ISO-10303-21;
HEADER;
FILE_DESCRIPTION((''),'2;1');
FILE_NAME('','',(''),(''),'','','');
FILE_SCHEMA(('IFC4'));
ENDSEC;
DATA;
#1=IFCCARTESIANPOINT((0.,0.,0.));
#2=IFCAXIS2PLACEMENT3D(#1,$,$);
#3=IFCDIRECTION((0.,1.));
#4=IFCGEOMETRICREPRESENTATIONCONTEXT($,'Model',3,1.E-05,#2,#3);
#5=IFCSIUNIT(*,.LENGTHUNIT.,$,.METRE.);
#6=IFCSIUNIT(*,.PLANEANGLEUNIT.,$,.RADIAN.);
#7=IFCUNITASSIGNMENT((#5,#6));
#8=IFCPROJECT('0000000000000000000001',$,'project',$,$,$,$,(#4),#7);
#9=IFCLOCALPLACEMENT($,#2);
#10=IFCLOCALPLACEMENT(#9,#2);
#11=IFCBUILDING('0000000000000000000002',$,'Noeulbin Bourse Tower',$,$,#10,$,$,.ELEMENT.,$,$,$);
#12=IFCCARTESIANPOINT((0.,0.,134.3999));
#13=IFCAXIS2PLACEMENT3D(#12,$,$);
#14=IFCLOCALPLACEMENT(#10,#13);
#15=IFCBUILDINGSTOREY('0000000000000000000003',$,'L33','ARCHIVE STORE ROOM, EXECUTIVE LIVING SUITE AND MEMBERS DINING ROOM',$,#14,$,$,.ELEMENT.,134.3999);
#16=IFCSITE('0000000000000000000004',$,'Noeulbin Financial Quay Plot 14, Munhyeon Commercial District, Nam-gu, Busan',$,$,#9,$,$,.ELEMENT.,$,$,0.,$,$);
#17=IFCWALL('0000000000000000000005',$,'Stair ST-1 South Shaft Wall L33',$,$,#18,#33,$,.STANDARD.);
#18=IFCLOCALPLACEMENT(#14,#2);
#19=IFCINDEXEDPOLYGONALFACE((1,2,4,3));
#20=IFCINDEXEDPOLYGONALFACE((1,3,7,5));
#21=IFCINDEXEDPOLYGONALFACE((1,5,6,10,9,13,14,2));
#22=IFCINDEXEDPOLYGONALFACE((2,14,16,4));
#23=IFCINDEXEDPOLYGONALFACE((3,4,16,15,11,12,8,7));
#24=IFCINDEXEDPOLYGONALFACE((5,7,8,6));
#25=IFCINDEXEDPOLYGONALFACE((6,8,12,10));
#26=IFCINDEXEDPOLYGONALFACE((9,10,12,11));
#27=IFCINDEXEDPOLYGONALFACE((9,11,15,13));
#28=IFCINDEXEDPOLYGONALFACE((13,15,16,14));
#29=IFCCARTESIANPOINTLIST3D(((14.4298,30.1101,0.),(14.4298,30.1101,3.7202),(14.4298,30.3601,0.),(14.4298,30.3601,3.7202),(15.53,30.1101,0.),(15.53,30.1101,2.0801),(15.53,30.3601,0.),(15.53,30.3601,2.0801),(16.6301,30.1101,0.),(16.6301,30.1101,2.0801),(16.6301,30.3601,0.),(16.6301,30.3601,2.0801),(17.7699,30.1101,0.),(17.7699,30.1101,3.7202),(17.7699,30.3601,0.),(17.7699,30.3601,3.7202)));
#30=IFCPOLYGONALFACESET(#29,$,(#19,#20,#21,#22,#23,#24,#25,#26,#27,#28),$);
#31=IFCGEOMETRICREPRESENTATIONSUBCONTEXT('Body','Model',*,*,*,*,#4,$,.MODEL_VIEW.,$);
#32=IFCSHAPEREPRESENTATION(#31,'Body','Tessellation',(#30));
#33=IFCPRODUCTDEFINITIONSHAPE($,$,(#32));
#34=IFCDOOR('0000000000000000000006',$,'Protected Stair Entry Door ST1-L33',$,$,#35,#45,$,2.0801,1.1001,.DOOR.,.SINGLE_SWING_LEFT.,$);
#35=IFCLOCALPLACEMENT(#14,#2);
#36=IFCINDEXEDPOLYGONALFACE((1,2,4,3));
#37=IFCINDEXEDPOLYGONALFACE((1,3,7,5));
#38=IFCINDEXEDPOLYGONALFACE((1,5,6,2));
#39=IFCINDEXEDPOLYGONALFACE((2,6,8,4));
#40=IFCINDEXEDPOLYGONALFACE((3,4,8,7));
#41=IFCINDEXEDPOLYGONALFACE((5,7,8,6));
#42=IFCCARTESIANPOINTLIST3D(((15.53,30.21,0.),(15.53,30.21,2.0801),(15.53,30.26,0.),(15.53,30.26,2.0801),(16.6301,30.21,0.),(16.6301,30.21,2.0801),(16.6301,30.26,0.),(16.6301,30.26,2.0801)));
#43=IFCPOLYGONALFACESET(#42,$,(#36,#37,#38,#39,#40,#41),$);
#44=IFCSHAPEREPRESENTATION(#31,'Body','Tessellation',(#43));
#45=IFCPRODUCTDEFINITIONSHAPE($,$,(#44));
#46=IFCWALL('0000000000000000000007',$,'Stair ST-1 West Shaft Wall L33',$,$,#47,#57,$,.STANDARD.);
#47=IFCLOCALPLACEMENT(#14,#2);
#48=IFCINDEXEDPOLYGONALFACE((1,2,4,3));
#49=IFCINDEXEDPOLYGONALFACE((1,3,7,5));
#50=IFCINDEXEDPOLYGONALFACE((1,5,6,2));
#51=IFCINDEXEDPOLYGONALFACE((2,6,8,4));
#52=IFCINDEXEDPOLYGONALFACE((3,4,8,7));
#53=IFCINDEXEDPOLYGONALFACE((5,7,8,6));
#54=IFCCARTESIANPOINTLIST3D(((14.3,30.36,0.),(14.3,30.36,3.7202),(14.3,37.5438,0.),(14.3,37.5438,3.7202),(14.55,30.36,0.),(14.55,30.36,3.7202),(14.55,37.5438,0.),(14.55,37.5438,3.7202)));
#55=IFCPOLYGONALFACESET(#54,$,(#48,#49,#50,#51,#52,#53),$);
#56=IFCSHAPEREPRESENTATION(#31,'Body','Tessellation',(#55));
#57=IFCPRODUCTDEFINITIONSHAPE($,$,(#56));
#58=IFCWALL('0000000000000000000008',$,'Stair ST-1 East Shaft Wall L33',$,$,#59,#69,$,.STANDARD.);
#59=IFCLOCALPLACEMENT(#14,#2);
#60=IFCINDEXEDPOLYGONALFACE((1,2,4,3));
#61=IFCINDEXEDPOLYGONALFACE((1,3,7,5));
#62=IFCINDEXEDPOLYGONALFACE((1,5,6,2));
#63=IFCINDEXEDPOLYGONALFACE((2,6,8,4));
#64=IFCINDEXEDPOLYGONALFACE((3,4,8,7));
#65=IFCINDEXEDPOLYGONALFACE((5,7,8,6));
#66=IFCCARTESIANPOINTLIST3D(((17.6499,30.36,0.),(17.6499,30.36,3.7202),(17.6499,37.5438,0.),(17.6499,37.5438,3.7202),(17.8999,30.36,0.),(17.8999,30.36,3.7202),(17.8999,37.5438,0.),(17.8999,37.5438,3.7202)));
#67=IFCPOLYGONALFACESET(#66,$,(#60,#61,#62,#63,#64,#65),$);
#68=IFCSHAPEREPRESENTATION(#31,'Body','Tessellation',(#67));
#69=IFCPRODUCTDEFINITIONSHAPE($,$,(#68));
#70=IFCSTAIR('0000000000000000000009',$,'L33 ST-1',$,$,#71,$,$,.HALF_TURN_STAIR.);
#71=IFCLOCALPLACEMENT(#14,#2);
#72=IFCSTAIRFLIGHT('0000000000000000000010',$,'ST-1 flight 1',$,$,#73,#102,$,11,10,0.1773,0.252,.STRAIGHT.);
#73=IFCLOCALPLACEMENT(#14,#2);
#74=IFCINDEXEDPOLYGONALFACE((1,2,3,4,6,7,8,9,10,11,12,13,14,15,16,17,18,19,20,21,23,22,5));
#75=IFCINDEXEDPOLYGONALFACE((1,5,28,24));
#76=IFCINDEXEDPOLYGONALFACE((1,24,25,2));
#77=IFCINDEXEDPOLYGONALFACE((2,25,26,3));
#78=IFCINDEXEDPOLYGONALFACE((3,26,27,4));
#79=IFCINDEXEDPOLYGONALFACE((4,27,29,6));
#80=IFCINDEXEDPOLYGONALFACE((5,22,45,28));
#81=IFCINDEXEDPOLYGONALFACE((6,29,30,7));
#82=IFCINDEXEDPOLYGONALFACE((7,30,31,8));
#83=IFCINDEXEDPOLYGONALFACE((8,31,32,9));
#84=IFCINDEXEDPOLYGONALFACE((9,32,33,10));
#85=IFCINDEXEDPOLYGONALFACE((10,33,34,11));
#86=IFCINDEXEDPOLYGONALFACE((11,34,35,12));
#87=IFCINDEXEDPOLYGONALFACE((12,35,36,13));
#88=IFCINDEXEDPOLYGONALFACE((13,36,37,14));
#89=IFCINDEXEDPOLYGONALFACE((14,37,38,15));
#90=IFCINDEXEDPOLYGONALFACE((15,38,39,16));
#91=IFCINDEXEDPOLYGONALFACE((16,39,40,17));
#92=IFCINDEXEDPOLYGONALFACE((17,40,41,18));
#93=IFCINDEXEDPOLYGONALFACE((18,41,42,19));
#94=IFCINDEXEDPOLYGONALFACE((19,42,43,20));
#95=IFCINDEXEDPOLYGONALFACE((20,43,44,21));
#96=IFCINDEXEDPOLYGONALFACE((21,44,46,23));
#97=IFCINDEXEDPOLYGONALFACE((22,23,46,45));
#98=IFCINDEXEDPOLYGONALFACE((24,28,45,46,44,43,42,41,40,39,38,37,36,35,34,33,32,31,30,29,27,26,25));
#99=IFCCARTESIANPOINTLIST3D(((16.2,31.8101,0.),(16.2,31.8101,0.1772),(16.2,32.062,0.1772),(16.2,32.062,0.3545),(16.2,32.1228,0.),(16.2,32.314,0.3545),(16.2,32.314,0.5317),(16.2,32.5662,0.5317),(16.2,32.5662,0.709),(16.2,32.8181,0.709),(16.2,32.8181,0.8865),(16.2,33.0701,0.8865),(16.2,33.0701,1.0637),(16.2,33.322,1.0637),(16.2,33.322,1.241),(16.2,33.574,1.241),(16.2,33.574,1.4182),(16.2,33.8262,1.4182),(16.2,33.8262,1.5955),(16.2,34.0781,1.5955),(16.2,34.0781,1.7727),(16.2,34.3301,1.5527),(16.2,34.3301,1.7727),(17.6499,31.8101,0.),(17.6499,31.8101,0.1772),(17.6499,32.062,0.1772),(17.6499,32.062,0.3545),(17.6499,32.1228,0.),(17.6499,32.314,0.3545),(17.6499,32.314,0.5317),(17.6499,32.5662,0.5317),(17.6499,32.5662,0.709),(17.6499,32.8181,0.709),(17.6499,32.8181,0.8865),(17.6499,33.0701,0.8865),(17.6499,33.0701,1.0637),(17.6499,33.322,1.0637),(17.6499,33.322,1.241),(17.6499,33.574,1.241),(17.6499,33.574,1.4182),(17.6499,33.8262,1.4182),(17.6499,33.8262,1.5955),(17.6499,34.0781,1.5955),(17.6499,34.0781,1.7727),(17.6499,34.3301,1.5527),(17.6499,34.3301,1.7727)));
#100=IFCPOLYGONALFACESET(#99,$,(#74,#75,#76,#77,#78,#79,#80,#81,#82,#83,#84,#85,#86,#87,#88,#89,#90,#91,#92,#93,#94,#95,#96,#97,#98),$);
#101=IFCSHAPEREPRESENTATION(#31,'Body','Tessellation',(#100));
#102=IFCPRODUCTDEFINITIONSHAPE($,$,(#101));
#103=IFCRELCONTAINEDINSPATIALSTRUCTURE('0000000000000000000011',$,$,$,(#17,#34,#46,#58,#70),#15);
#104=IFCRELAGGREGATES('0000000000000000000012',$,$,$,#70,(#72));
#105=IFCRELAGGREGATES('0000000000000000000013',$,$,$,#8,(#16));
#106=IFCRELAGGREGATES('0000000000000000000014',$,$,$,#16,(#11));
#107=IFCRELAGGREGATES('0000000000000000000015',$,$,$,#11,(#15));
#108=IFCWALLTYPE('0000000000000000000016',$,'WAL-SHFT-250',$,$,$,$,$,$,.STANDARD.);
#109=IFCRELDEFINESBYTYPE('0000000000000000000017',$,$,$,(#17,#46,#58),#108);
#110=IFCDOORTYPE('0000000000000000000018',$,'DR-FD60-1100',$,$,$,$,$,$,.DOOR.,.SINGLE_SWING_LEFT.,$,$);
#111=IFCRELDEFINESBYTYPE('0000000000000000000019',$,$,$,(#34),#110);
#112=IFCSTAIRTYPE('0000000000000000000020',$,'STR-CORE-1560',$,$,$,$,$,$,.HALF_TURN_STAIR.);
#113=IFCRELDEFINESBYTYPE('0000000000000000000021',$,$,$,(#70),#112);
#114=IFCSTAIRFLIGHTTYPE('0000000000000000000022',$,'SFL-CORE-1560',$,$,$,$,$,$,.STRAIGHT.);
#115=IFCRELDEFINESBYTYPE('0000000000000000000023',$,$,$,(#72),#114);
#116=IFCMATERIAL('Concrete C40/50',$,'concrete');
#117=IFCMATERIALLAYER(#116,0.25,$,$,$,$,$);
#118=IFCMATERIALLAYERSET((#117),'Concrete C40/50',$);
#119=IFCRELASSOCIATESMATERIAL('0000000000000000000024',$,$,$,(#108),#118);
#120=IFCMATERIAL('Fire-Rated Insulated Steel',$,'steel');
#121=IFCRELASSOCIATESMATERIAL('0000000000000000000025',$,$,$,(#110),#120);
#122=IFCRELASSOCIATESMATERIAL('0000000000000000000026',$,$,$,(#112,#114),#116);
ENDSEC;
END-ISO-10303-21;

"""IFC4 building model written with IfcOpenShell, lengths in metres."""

from ifc_helpers import new_model, si_unit, direction, frame, frame_2d, origin, place, context, subcontext, project, spatial, polyline, rectangle, outline, extrude, material, layer, layer_set, type_object, element, fill, aggregate, save


model = new_model("IFC4")

# Units and contexts
model_context = context("Model", 3, precision=1e-05, world=origin(), true_north=direction((0.0, 1.0)))
body_context = subcontext(model_context, "Body", "Model", "MODEL_VIEW")
ifc_project = project(units=[si_unit("LENGTHUNIT", "METRE"), si_unit("PLANEANGLEUNIT", "RADIAN")], contexts=[model_context])

# Site, building, storey
site_placement = place(None, origin())
site = spatial("IfcSite", under=ifc_project, at=site_placement, Name="Noeulbin Financial Quay Plot 14, Munhyeon Commercial District, Nam-gu, Busan", CompositionType="ELEMENT", RefElevation=0.0)
building_placement = place(site_placement, origin())
building = spatial("IfcBuilding", under=site, at=building_placement, Name="Noeulbin Bourse Tower", CompositionType="ELEMENT")
storey_placement = place(building_placement, frame((0.0, 0.0, 134.3999)))
storey = spatial("IfcBuildingStorey", under=building, at=storey_placement, Name="L33", Description="ARCHIVE STORE ROOM, EXECUTIVE LIVING SUITE AND MEMBERS DINING ROOM", CompositionType="ELEMENT", Elevation=134.3999)

# Shared definitions
ifc_material_1 = material(Name="Concrete C40/50", Category="concrete")

# Wall, opening, door
ifc_layer_1 = layer(ifc_material_1, 0.25)
ifc_layer_set_1 = layer_set([ifc_layer_1], Name="Concrete C40/50")
wall_type_1 = type_object("IfcWallType", Name="WAL-SHFT-250", PredefinedType="STANDARD", material=ifc_layer_set_1)
wall_1_placement = place(storey_placement, frame((14.4299, 30.2351, 0.0), z_axis=(0.0, 0.0, 1.0), x_axis=(1.0, 0.0, 0.0)))
wall_1 = element("IfcWall", 1, at=wall_1_placement, inside=storey, type_object=wall_type_1, Name="Stair ST-1 South Shaft Wall L33", PredefinedType="STANDARD", context=body_context, shape_type="SweptSolid", body=[
    extrude(rectangle(XDim=3.3401, YDim=0.25, at=frame_2d((1.6699, 0.0))), origin(), (0.0, 0.0, 1.0), 3.7202),
])
opening_1_placement = place(wall_1_placement, frame((1.1001, 0.0, 0.0)))
opening_1 = element("IfcOpeningElement", 2, at=opening_1_placement, cuts=wall_1, PredefinedType="OPENING", context=body_context, shape_type="SweptSolid", body=[
    extrude(rectangle(XDim=1.1001, YDim=2.0801, at=frame_2d((0.55, 1.04))), frame((0.0, 0.135, 0.0), z_axis=(0.0, -1.0, 0.0), x_axis=(1.0, 0.0, 0.0)), (0.0, 0.0, 1.0), 0.27),
])
ifc_material_2 = material(Name="Fire-Rated Insulated Steel", Category="steel")
door_type_1 = type_object("IfcDoorType", Name="DR-FD60-1100", OperationType="SINGLE_SWING_LEFT", PredefinedType="DOOR", material=ifc_material_2)
door_1_placement = place(opening_1_placement, origin())
door_1 = element("IfcDoor", 3, at=door_1_placement, inside=storey, type_object=door_type_1, Name="Protected Stair Entry Door ST1-L33", OperationType="SINGLE_SWING_LEFT", OverallHeight=2.0801, OverallWidth=1.1001, PredefinedType="DOOR", context=body_context, shape_type="SweptSolid", body=[
    extrude(rectangle(XDim=1.1001, YDim=2.0801, at=frame_2d((0.55, 1.04))), frame((0.0, 0.0249, 0.0), z_axis=(0.0, -1.0, 0.0), x_axis=(1.0, 0.0, 0.0)), (0.0, 0.0, 1.0), 0.05),
])
fill(opening_1, door_1)

# Walls
for number, where, z_axis, x_axis, name in (
    (4, (14.425, 30.3601, 0.0), (0.0, 0.0, 1.0), (0.0, 1.0, 0.0), "Stair ST-1 West Shaft Wall L33"),
    (5, (17.7749, 30.3601, 0.0), (0.0, 0.0, 1.0), (0.0, 1.0, 0.0), "Stair ST-1 East Shaft Wall L33"),
):
    element("IfcWall", number, at=place(storey_placement, frame(where, z_axis=z_axis, x_axis=x_axis)), inside=storey, type_object=wall_type_1, Name=name, PredefinedType="STANDARD", context=body_context, shape_type="SweptSolid", body=[
        extrude(rectangle(XDim=7.1838, YDim=0.25, at=frame_2d((3.5918, 0.0))), origin(), (0.0, 0.0, 1.0), 3.7202),
    ])

# Stair, stair flight
stair_type = type_object("IfcStairType", Name="STR-CORE-1560", PredefinedType="HALF_TURN_STAIR", material=ifc_material_1)
stair_placement = place(storey_placement, origin())
stair = element("IfcStair", 6, at=stair_placement, inside=storey, type_object=stair_type, Name="L33 ST-1", PredefinedType="HALF_TURN_STAIR")
stair_flight_type = type_object("IfcStairFlightType", Name="SFL-CORE-1560", PredefinedType="STRAIGHT", material=ifc_material_1)
stair_flight_placement = place(storey_placement, frame((16.925, 31.8101, 0.0), z_axis=(0.0, 0.0, 1.0), x_axis=(0.0, 1.0, 0.0)))
stair_flight = element("IfcStairFlight", 7, at=stair_flight_placement, type_object=stair_flight_type, Name="ST-1 flight 1", NumberOfRisers=11, NumberOfTreads=10, PredefinedType="STRAIGHT", RiserHeight=0.1773, TreadLength=0.252, context=body_context, shape_type="SweptSolid", body=[
    extrude(outline(polyline([(0.0, 0.0), (0.0, 0.1772), (0.252, 0.1772), (0.252, 0.3545), (0.5039, 0.3545), (0.5039, 0.5317), (0.7561, 0.5317), (0.7561, 0.709), (1.0081, 0.709), (1.0081, 0.8865), (1.26, 0.8865), (1.26, 1.0637), (1.512, 1.0637), (1.512, 1.241), (1.7639, 1.241), (1.7639, 1.4182), (2.0161, 1.4182), (2.0161, 1.5955), (2.2681, 1.5955), (2.2681, 1.7727), (2.52, 1.7727), (2.52, 1.95), (2.52, 1.5527), (0.3127, 0.0), (0.0, 0.0)])), frame((0.0, 0.7251, 0.0), z_axis=(0.0, -1.0, 0.0), x_axis=(1.0, 0.0, 0.0)), (0.0, 0.0, 1.0), 1.45),
])
aggregate(stair, [stair_flight])

save(model, "model.ifc")
